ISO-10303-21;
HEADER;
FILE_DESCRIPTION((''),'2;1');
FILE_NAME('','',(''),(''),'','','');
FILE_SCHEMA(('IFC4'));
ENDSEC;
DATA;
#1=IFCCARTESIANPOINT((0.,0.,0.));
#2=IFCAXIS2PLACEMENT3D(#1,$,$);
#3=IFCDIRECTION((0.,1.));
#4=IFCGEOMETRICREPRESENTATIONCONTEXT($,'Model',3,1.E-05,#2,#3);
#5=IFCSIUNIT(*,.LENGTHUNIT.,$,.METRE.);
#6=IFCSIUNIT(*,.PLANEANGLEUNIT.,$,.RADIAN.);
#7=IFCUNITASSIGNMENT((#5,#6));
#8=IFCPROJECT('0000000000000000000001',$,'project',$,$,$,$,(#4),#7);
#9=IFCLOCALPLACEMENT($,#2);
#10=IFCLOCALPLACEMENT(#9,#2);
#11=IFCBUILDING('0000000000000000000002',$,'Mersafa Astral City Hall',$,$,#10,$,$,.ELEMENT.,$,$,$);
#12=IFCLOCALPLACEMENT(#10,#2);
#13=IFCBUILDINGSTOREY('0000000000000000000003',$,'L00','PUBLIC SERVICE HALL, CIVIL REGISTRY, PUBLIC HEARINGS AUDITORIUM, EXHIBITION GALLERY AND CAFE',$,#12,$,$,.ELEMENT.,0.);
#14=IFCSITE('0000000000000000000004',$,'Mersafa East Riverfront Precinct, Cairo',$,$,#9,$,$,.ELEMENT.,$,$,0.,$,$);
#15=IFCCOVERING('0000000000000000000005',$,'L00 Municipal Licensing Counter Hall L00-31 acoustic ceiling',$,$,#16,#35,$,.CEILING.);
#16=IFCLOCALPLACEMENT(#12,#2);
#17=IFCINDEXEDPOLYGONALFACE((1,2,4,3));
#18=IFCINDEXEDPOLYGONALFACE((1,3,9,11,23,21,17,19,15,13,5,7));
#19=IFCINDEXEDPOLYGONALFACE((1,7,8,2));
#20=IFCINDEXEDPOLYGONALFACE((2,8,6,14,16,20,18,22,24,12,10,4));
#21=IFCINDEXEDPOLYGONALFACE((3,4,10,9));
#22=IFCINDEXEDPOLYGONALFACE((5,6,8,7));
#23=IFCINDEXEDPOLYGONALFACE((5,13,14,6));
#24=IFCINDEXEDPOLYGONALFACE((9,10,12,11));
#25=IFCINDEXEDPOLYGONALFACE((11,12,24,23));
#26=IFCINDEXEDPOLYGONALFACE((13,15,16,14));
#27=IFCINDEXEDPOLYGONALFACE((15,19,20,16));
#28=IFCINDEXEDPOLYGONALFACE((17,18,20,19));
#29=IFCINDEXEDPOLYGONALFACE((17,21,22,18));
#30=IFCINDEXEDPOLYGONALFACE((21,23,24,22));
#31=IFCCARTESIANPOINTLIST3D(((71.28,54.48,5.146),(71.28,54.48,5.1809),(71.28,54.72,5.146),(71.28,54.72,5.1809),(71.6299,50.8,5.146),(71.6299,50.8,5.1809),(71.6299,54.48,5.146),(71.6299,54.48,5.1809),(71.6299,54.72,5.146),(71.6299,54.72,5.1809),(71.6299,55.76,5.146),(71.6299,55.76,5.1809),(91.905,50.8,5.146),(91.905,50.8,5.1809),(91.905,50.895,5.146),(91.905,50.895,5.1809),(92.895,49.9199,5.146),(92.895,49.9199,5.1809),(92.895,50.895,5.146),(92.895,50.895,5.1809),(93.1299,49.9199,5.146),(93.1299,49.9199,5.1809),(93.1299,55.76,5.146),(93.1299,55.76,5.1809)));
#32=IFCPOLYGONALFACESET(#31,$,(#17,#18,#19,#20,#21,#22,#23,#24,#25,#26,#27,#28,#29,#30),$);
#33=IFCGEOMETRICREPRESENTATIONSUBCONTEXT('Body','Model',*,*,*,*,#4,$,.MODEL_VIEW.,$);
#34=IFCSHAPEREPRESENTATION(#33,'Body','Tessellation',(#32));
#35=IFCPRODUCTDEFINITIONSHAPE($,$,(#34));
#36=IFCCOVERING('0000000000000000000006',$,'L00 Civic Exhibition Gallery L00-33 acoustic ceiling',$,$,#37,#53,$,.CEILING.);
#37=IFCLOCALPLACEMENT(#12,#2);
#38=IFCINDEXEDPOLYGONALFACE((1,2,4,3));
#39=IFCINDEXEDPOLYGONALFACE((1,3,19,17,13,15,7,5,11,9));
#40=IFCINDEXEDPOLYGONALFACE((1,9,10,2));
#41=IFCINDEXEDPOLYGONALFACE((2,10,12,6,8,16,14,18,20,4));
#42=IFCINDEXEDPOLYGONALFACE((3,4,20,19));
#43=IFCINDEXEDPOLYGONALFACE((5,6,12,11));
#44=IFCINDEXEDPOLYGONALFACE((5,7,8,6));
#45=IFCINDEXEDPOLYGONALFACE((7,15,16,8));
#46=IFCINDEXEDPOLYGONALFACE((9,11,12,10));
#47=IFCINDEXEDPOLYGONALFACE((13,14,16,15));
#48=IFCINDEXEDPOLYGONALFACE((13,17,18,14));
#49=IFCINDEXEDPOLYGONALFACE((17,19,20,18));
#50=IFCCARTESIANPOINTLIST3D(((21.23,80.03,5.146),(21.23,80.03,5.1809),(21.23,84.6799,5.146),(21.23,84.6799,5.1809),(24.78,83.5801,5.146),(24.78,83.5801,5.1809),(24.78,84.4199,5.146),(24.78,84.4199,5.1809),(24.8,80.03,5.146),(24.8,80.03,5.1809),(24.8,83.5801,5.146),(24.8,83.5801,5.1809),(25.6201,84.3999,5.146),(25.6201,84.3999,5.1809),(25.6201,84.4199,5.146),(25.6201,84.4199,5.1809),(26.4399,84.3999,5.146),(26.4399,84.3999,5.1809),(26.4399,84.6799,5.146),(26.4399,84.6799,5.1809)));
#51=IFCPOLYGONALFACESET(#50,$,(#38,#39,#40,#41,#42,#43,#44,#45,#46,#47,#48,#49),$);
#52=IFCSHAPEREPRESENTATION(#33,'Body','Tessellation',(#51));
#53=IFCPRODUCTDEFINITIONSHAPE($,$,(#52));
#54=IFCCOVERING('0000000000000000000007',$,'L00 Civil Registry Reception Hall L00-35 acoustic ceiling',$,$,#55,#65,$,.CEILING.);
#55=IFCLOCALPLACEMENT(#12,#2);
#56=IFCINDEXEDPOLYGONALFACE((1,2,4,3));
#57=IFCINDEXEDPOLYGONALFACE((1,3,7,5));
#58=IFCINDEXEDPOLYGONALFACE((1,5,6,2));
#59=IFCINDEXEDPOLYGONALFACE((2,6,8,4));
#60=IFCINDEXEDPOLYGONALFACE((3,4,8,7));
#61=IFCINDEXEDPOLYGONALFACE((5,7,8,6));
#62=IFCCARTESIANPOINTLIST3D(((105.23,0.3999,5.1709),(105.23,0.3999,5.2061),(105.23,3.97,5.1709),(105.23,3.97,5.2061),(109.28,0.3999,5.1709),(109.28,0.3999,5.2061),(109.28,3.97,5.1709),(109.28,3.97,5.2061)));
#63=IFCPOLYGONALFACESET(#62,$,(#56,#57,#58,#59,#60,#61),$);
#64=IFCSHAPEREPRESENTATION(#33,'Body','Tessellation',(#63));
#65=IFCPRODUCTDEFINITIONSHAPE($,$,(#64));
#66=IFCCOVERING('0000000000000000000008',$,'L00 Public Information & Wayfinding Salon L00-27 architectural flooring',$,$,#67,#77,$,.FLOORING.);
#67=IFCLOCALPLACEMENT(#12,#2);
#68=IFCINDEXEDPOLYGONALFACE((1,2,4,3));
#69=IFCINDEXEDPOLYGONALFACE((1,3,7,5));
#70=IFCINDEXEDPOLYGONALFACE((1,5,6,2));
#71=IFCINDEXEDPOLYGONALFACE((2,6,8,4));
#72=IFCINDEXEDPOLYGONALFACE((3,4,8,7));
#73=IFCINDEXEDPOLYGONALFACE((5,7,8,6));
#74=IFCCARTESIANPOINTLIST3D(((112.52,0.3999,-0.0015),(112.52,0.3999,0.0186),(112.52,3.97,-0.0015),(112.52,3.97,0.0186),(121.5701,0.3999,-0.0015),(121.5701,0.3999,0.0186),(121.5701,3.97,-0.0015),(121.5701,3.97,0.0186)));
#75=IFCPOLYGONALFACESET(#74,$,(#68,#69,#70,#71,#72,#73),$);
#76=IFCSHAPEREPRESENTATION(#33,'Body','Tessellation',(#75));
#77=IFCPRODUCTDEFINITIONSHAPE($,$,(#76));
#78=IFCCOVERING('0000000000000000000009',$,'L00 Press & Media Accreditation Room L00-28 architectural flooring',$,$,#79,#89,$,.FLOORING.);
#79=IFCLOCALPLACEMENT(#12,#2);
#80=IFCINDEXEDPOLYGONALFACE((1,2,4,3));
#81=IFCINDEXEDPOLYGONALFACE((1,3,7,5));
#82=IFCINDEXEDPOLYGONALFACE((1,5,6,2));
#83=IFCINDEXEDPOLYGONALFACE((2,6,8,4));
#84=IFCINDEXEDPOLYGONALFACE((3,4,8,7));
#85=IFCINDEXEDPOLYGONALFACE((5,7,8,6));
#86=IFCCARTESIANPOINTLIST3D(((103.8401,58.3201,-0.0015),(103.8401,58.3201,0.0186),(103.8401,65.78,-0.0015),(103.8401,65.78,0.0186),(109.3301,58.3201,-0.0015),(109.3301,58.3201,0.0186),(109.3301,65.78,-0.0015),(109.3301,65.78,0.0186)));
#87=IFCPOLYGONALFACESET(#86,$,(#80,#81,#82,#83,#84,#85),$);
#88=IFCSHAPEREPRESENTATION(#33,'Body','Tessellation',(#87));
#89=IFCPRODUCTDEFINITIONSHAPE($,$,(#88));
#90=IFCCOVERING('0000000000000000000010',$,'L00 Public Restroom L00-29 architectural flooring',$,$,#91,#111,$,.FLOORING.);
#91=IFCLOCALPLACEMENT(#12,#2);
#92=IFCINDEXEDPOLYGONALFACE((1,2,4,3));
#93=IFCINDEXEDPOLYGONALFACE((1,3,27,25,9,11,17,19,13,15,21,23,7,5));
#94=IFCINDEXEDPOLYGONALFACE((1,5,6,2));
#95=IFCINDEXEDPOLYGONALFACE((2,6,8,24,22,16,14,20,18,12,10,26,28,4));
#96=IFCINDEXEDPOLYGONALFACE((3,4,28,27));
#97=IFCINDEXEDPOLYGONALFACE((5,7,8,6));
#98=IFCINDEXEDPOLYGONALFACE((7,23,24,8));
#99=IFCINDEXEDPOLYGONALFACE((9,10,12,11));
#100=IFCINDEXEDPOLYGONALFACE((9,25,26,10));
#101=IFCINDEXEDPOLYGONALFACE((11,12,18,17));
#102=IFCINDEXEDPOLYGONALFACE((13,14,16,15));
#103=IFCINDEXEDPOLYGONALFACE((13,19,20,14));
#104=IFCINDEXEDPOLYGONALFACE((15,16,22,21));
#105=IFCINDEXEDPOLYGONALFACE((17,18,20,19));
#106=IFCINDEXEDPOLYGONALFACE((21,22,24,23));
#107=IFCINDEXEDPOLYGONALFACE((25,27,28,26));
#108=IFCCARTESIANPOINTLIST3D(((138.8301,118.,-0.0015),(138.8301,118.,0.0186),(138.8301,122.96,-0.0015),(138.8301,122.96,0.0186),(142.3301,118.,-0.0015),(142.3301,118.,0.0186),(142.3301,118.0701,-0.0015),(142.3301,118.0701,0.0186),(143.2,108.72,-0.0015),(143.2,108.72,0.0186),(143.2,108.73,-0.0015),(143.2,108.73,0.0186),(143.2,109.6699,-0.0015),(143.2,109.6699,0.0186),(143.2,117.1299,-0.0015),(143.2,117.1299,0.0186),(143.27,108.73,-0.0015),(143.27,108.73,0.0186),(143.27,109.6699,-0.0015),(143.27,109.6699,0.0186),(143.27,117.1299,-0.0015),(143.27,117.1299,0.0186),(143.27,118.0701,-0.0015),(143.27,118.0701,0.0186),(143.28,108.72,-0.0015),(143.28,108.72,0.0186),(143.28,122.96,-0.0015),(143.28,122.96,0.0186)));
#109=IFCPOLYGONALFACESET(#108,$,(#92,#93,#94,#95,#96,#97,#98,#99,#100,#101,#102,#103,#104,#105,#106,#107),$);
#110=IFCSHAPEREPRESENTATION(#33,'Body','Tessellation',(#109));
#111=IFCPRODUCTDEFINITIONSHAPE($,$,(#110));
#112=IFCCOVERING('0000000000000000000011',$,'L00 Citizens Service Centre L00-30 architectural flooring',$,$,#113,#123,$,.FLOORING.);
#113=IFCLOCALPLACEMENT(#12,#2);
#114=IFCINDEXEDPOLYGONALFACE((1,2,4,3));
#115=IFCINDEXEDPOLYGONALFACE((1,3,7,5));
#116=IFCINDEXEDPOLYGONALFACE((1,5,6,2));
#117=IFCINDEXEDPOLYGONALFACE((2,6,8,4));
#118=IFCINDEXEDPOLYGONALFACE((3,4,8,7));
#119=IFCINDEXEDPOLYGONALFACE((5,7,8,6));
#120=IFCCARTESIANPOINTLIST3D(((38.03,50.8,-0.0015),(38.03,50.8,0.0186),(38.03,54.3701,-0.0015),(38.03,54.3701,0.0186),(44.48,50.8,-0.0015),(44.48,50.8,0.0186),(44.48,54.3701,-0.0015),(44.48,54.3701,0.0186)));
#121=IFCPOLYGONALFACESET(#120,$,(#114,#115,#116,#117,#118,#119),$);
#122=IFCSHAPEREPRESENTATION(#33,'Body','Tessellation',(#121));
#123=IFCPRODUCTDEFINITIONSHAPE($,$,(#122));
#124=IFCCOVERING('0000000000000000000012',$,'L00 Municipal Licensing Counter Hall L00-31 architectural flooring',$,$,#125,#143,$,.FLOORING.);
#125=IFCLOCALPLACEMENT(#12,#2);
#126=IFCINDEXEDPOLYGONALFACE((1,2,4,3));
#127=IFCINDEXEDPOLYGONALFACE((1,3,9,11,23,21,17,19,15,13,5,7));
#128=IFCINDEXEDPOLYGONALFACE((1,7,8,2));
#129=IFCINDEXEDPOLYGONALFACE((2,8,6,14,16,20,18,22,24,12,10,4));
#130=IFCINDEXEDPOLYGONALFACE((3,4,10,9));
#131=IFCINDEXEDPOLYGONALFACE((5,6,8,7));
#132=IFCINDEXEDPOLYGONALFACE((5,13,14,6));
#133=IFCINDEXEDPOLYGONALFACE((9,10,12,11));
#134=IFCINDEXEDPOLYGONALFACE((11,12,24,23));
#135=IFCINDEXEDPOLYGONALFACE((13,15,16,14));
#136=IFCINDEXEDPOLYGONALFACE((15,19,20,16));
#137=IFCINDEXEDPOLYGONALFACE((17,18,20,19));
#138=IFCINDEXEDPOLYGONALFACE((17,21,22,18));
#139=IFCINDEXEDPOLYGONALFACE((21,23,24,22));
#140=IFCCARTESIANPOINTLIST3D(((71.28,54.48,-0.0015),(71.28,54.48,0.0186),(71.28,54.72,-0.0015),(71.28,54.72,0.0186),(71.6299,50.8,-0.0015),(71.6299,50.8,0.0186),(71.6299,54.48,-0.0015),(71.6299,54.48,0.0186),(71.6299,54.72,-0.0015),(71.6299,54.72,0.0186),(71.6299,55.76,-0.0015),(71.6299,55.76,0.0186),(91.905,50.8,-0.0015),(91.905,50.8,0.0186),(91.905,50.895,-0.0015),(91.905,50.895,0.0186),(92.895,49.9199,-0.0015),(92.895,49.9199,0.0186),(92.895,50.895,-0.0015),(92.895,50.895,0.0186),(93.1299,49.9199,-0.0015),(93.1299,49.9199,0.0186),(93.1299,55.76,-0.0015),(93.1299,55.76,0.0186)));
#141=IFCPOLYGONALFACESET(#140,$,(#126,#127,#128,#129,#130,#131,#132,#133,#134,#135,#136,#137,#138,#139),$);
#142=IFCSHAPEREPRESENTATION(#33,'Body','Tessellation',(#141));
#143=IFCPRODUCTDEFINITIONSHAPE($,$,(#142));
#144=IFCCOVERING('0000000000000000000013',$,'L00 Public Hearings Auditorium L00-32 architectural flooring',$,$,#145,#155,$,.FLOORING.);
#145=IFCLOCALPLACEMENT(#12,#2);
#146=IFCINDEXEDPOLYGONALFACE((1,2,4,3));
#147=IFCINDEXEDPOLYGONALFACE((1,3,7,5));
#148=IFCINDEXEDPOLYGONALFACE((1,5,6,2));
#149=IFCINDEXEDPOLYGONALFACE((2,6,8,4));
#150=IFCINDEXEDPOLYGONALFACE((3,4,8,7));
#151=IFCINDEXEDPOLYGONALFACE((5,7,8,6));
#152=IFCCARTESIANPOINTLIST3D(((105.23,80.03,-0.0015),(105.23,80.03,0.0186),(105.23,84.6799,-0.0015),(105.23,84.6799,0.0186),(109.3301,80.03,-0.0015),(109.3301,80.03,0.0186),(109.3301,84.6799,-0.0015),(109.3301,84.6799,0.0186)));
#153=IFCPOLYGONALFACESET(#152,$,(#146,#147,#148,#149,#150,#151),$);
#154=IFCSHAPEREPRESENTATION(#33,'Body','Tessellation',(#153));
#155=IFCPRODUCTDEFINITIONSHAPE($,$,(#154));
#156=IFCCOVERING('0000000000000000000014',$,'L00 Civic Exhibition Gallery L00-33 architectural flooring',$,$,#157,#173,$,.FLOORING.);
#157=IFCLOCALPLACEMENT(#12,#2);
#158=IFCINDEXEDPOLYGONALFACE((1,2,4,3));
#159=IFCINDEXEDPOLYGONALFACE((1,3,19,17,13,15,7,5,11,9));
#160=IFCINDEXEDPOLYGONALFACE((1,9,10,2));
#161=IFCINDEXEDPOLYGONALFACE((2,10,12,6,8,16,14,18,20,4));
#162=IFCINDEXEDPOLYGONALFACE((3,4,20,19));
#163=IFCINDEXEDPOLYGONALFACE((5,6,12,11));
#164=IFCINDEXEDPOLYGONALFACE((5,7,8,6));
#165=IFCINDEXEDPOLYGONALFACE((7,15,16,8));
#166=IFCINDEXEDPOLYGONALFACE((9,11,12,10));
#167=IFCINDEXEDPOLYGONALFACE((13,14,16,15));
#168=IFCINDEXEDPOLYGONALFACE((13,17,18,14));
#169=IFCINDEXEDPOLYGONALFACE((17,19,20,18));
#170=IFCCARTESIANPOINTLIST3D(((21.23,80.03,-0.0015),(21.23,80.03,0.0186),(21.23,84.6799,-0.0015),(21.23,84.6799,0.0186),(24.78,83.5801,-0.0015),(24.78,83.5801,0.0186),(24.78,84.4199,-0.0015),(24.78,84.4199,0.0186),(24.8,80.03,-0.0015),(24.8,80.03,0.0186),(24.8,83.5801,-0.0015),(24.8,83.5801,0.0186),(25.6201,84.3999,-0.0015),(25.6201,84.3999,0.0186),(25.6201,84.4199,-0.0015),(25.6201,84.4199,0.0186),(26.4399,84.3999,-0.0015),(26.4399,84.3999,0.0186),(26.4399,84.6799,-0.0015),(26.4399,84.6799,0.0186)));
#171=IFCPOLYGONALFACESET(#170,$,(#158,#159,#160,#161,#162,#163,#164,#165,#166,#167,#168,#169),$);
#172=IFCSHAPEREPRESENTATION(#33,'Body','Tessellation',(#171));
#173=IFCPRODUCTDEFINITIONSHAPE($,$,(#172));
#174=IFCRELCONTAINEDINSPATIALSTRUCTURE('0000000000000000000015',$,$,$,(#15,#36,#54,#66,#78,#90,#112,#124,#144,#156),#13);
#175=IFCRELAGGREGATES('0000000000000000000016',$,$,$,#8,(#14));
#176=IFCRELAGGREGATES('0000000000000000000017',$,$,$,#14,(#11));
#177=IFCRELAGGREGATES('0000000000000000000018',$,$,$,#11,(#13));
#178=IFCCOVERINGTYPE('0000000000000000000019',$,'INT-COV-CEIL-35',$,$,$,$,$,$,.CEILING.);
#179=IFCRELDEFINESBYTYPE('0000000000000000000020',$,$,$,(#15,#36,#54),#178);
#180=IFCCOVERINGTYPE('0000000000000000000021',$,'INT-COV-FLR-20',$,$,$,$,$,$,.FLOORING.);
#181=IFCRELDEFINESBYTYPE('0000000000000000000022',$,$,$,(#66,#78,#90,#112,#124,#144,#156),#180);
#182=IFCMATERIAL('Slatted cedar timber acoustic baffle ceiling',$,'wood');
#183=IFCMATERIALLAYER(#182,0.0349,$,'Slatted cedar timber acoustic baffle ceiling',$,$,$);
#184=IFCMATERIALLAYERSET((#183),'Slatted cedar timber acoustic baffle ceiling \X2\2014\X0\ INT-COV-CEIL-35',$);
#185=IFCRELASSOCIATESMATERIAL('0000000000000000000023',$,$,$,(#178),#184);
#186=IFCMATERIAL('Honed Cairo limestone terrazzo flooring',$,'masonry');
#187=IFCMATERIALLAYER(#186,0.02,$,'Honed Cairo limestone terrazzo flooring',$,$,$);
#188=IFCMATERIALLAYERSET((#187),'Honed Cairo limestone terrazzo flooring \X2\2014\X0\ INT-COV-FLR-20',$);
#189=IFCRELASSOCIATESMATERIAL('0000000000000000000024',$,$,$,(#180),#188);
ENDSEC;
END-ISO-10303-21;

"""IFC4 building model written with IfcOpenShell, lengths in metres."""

from ifc_helpers import new_model, si_unit, direction, frame, origin, place, context, subcontext, project, spatial, polyline, outline, extrude, material, layer, layer_set, type_object, element, save


model = new_model("IFC4")

# Units and contexts
model_context = context("Model", 3, precision=1e-05, world=origin(), true_north=direction((0.0, 1.0)))
body_context = subcontext(model_context, "Body", "Model", "MODEL_VIEW")
ifc_project = project(units=[si_unit("LENGTHUNIT", "METRE"), si_unit("PLANEANGLEUNIT", "RADIAN")], contexts=[model_context])

# Site, building, storey
site_placement = place(None, origin())
site = spatial("IfcSite", under=ifc_project, at=site_placement, Name="Mersafa East Riverfront Precinct, Cairo", CompositionType="ELEMENT", RefElevation=0.0)
building_placement = place(site_placement, origin())
building = spatial("IfcBuilding", under=site, at=building_placement, Name="Mersafa Astral City Hall", CompositionType="ELEMENT")
storey_placement = place(building_placement, origin())
storey = spatial("IfcBuildingStorey", under=building, at=storey_placement, Name="L00", Description="PUBLIC SERVICE HALL, CIVIL REGISTRY, PUBLIC HEARINGS AUDITORIUM, EXHIBITION GALLERY AND CAFE", CompositionType="ELEMENT", Elevation=0.0)

# Coverings
ifc_material_1 = material(Name="Slatted cedar timber acoustic baffle ceiling", Category="wood")
ifc_layer_1 = layer(ifc_material_1, 0.0349, Name="Slatted cedar timber acoustic baffle ceiling")
ifc_layer_set_1 = layer_set([ifc_layer_1], Name="Slatted cedar timber acoustic baffle ceiling — INT-COV-CEIL-35")
covering_type_1 = type_object("IfcCoveringType", Name="INT-COV-CEIL-35", PredefinedType="CEILING", material=ifc_layer_set_1)
covering_1_placement = place(storey_placement, frame((0.0, 0.0, 5.146)))
element("IfcCovering", 1, at=covering_1_placement, inside=storey, type_object=covering_type_1, Name="L00 Municipal Licensing Counter Hall L00-31 acoustic ceiling", PredefinedType="CEILING", context=body_context, shape_type="SweptSolid", body=[
    extrude(outline(polyline([(71.6299, 54.48), (71.28, 54.48), (71.28, 54.72), (71.6299, 54.72), (71.6299, 55.76), (93.1299, 55.76), (93.1299, 49.9199), (92.895, 49.9199), (92.895, 50.895), (91.905, 50.895), (91.905, 50.8), (71.6299, 50.8), (71.6299, 54.48)])), origin(), (0.0, 0.0, 1.0), 0.0349),
])
covering_2_placement = place(storey_placement, frame((0.0, 0.0, 5.146)))
element("IfcCovering", 2, at=covering_2_placement, inside=storey, type_object=covering_type_1, Name="L00 Civic Exhibition Gallery L00-33 acoustic ceiling", PredefinedType="CEILING", context=body_context, shape_type="SweptSolid", body=[
    extrude(outline(polyline([(21.23, 84.6799), (26.4399, 84.6799), (26.4399, 84.3999), (25.6201, 84.3999), (25.6201, 84.4199), (24.78, 84.4199), (24.78, 83.5801), (24.8, 83.5801), (24.8, 80.03), (21.23, 80.03), (21.23, 84.6799)])), origin(), (0.0, 0.0, 1.0), 0.0349),
])
covering_3_placement = place(storey_placement, frame((0.0, 0.0, 5.1709)))
element("IfcCovering", 3, at=covering_3_placement, inside=storey, type_object=covering_type_1, Name="L00 Civil Registry Reception Hall L00-35 acoustic ceiling", PredefinedType="CEILING", context=body_context, shape_type="SweptSolid", body=[
    extrude(outline(polyline([(105.23, 3.97), (109.28, 3.97), (109.28, 0.3999), (105.23, 0.3999), (105.23, 3.97)])), origin(), (0.0, 0.0, 1.0), 0.0352),
])
ifc_material_2 = material(Name="Honed Cairo limestone terrazzo flooring", Category="masonry")
ifc_layer_2 = layer(ifc_material_2, 0.02, Name="Honed Cairo limestone terrazzo flooring")
ifc_layer_set_2 = layer_set([ifc_layer_2], Name="Honed Cairo limestone terrazzo flooring — INT-COV-FLR-20")
covering_type_2 = type_object("IfcCoveringType", Name="INT-COV-FLR-20", PredefinedType="FLOORING", material=ifc_layer_set_2)
covering_4_placement = place(storey_placement, frame((0.0, 0.0, -0.0015)))
element("IfcCovering", 4, at=covering_4_placement, inside=storey, type_object=covering_type_2, Name="L00 Public Information & Wayfinding Salon L00-27 architectural flooring", PredefinedType="FLOORING", context=body_context, shape_type="SweptSolid", body=[
    extrude(outline(polyline([(121.5701, 3.97), (121.5701, 0.3999), (112.52, 0.3999), (112.52, 3.97), (121.5701, 3.97)])), origin(), (0.0, 0.0, 1.0), 0.02),
])
covering_5_placement = place(storey_placement, frame((0.0, 0.0, -0.0015)))
element("IfcCovering", 5, at=covering_5_placement, inside=storey, type_object=covering_type_2, Name="L00 Press & Media Accreditation Room L00-28 architectural flooring", PredefinedType="FLOORING", context=body_context, shape_type="SweptSolid", body=[
    extrude(outline(polyline([(109.3301, 58.3201), (103.8401, 58.3201), (103.8401, 65.78), (109.3301, 65.78), (109.3301, 58.3201)])), origin(), (0.0, 0.0, 1.0), 0.02),
])
covering_6_placement = place(storey_placement, frame((0.0, 0.0, -0.0015)))
element("IfcCovering", 6, at=covering_6_placement, inside=storey, type_object=covering_type_2, Name="L00 Public Restroom L00-29 architectural flooring", PredefinedType="FLOORING", context=body_context, shape_type="SweptSolid", body=[
    extrude(outline(polyline([(138.8301, 118.0), (138.8301, 122.96), (143.28, 122.96), (143.28, 108.72), (143.2, 108.72), (143.2, 108.73), (143.27, 108.73), (143.27, 109.6699), (143.2, 109.6699), (143.2, 117.1299), (143.27, 117.1299), (143.27, 118.0701), (142.3301, 118.0701), (142.3301, 118.0), (138.8301, 118.0)])), origin(), (0.0, 0.0, 1.0), 0.02),
])
covering_7_placement = place(storey_placement, frame((0.0, 0.0, -0.0015)))
element("IfcCovering", 7, at=covering_7_placement, inside=storey, type_object=covering_type_2, Name="L00 Citizens Service Centre L00-30 architectural flooring", PredefinedType="FLOORING", context=body_context, shape_type="SweptSolid", body=[
    extrude(outline(polyline([(38.03, 54.3701), (44.48, 54.3701), (44.48, 50.8), (38.03, 50.8), (38.03, 54.3701)])), origin(), (0.0, 0.0, 1.0), 0.02),
])
covering_8_placement = place(storey_placement, frame((0.0, 0.0, -0.0015)))
element("IfcCovering", 8, at=covering_8_placement, inside=storey, type_object=covering_type_2, Name="L00 Municipal Licensing Counter Hall L00-31 architectural flooring", PredefinedType="FLOORING", context=body_context, shape_type="SweptSolid", body=[
    extrude(outline(polyline([(71.6299, 54.48), (71.28, 54.48), (71.28, 54.72), (71.6299, 54.72), (71.6299, 55.76), (93.1299, 55.76), (93.1299, 49.9199), (92.895, 49.9199), (92.895, 50.895), (91.905, 50.895), (91.905, 50.8), (71.6299, 50.8), (71.6299, 54.48)])), origin(), (0.0, 0.0, 1.0), 0.02),
])
covering_9_placement = place(storey_placement, frame((0.0, 0.0, -0.0015)))
element("IfcCovering", 9, at=covering_9_placement, inside=storey, type_object=covering_type_2, Name="L00 Public Hearings Auditorium L00-32 architectural flooring", PredefinedType="FLOORING", context=body_context, shape_type="SweptSolid", body=[
    extrude(outline(polyline([(105.23, 80.03), (105.23, 84.6799), (109.3301, 84.6799), (109.3301, 80.03), (105.23, 80.03)])), origin(), (0.0, 0.0, 1.0), 0.02),
])
covering_10_placement = place(storey_placement, frame((0.0, 0.0, -0.0015)))
element("IfcCovering", 10, at=covering_10_placement, inside=storey, type_object=covering_type_2, Name="L00 Civic Exhibition Gallery L00-33 architectural flooring", PredefinedType="FLOORING", context=body_context, shape_type="SweptSolid", body=[
    extrude(outline(polyline([(21.23, 84.6799), (26.4399, 84.6799), (26.4399, 84.3999), (25.6201, 84.3999), (25.6201, 84.4199), (24.78, 84.4199), (24.78, 83.5801), (24.8, 83.5801), (24.8, 80.03), (21.23, 80.03), (21.23, 84.6799)])), origin(), (0.0, 0.0, 1.0), 0.02),
])

save(model, "model.ifc")
